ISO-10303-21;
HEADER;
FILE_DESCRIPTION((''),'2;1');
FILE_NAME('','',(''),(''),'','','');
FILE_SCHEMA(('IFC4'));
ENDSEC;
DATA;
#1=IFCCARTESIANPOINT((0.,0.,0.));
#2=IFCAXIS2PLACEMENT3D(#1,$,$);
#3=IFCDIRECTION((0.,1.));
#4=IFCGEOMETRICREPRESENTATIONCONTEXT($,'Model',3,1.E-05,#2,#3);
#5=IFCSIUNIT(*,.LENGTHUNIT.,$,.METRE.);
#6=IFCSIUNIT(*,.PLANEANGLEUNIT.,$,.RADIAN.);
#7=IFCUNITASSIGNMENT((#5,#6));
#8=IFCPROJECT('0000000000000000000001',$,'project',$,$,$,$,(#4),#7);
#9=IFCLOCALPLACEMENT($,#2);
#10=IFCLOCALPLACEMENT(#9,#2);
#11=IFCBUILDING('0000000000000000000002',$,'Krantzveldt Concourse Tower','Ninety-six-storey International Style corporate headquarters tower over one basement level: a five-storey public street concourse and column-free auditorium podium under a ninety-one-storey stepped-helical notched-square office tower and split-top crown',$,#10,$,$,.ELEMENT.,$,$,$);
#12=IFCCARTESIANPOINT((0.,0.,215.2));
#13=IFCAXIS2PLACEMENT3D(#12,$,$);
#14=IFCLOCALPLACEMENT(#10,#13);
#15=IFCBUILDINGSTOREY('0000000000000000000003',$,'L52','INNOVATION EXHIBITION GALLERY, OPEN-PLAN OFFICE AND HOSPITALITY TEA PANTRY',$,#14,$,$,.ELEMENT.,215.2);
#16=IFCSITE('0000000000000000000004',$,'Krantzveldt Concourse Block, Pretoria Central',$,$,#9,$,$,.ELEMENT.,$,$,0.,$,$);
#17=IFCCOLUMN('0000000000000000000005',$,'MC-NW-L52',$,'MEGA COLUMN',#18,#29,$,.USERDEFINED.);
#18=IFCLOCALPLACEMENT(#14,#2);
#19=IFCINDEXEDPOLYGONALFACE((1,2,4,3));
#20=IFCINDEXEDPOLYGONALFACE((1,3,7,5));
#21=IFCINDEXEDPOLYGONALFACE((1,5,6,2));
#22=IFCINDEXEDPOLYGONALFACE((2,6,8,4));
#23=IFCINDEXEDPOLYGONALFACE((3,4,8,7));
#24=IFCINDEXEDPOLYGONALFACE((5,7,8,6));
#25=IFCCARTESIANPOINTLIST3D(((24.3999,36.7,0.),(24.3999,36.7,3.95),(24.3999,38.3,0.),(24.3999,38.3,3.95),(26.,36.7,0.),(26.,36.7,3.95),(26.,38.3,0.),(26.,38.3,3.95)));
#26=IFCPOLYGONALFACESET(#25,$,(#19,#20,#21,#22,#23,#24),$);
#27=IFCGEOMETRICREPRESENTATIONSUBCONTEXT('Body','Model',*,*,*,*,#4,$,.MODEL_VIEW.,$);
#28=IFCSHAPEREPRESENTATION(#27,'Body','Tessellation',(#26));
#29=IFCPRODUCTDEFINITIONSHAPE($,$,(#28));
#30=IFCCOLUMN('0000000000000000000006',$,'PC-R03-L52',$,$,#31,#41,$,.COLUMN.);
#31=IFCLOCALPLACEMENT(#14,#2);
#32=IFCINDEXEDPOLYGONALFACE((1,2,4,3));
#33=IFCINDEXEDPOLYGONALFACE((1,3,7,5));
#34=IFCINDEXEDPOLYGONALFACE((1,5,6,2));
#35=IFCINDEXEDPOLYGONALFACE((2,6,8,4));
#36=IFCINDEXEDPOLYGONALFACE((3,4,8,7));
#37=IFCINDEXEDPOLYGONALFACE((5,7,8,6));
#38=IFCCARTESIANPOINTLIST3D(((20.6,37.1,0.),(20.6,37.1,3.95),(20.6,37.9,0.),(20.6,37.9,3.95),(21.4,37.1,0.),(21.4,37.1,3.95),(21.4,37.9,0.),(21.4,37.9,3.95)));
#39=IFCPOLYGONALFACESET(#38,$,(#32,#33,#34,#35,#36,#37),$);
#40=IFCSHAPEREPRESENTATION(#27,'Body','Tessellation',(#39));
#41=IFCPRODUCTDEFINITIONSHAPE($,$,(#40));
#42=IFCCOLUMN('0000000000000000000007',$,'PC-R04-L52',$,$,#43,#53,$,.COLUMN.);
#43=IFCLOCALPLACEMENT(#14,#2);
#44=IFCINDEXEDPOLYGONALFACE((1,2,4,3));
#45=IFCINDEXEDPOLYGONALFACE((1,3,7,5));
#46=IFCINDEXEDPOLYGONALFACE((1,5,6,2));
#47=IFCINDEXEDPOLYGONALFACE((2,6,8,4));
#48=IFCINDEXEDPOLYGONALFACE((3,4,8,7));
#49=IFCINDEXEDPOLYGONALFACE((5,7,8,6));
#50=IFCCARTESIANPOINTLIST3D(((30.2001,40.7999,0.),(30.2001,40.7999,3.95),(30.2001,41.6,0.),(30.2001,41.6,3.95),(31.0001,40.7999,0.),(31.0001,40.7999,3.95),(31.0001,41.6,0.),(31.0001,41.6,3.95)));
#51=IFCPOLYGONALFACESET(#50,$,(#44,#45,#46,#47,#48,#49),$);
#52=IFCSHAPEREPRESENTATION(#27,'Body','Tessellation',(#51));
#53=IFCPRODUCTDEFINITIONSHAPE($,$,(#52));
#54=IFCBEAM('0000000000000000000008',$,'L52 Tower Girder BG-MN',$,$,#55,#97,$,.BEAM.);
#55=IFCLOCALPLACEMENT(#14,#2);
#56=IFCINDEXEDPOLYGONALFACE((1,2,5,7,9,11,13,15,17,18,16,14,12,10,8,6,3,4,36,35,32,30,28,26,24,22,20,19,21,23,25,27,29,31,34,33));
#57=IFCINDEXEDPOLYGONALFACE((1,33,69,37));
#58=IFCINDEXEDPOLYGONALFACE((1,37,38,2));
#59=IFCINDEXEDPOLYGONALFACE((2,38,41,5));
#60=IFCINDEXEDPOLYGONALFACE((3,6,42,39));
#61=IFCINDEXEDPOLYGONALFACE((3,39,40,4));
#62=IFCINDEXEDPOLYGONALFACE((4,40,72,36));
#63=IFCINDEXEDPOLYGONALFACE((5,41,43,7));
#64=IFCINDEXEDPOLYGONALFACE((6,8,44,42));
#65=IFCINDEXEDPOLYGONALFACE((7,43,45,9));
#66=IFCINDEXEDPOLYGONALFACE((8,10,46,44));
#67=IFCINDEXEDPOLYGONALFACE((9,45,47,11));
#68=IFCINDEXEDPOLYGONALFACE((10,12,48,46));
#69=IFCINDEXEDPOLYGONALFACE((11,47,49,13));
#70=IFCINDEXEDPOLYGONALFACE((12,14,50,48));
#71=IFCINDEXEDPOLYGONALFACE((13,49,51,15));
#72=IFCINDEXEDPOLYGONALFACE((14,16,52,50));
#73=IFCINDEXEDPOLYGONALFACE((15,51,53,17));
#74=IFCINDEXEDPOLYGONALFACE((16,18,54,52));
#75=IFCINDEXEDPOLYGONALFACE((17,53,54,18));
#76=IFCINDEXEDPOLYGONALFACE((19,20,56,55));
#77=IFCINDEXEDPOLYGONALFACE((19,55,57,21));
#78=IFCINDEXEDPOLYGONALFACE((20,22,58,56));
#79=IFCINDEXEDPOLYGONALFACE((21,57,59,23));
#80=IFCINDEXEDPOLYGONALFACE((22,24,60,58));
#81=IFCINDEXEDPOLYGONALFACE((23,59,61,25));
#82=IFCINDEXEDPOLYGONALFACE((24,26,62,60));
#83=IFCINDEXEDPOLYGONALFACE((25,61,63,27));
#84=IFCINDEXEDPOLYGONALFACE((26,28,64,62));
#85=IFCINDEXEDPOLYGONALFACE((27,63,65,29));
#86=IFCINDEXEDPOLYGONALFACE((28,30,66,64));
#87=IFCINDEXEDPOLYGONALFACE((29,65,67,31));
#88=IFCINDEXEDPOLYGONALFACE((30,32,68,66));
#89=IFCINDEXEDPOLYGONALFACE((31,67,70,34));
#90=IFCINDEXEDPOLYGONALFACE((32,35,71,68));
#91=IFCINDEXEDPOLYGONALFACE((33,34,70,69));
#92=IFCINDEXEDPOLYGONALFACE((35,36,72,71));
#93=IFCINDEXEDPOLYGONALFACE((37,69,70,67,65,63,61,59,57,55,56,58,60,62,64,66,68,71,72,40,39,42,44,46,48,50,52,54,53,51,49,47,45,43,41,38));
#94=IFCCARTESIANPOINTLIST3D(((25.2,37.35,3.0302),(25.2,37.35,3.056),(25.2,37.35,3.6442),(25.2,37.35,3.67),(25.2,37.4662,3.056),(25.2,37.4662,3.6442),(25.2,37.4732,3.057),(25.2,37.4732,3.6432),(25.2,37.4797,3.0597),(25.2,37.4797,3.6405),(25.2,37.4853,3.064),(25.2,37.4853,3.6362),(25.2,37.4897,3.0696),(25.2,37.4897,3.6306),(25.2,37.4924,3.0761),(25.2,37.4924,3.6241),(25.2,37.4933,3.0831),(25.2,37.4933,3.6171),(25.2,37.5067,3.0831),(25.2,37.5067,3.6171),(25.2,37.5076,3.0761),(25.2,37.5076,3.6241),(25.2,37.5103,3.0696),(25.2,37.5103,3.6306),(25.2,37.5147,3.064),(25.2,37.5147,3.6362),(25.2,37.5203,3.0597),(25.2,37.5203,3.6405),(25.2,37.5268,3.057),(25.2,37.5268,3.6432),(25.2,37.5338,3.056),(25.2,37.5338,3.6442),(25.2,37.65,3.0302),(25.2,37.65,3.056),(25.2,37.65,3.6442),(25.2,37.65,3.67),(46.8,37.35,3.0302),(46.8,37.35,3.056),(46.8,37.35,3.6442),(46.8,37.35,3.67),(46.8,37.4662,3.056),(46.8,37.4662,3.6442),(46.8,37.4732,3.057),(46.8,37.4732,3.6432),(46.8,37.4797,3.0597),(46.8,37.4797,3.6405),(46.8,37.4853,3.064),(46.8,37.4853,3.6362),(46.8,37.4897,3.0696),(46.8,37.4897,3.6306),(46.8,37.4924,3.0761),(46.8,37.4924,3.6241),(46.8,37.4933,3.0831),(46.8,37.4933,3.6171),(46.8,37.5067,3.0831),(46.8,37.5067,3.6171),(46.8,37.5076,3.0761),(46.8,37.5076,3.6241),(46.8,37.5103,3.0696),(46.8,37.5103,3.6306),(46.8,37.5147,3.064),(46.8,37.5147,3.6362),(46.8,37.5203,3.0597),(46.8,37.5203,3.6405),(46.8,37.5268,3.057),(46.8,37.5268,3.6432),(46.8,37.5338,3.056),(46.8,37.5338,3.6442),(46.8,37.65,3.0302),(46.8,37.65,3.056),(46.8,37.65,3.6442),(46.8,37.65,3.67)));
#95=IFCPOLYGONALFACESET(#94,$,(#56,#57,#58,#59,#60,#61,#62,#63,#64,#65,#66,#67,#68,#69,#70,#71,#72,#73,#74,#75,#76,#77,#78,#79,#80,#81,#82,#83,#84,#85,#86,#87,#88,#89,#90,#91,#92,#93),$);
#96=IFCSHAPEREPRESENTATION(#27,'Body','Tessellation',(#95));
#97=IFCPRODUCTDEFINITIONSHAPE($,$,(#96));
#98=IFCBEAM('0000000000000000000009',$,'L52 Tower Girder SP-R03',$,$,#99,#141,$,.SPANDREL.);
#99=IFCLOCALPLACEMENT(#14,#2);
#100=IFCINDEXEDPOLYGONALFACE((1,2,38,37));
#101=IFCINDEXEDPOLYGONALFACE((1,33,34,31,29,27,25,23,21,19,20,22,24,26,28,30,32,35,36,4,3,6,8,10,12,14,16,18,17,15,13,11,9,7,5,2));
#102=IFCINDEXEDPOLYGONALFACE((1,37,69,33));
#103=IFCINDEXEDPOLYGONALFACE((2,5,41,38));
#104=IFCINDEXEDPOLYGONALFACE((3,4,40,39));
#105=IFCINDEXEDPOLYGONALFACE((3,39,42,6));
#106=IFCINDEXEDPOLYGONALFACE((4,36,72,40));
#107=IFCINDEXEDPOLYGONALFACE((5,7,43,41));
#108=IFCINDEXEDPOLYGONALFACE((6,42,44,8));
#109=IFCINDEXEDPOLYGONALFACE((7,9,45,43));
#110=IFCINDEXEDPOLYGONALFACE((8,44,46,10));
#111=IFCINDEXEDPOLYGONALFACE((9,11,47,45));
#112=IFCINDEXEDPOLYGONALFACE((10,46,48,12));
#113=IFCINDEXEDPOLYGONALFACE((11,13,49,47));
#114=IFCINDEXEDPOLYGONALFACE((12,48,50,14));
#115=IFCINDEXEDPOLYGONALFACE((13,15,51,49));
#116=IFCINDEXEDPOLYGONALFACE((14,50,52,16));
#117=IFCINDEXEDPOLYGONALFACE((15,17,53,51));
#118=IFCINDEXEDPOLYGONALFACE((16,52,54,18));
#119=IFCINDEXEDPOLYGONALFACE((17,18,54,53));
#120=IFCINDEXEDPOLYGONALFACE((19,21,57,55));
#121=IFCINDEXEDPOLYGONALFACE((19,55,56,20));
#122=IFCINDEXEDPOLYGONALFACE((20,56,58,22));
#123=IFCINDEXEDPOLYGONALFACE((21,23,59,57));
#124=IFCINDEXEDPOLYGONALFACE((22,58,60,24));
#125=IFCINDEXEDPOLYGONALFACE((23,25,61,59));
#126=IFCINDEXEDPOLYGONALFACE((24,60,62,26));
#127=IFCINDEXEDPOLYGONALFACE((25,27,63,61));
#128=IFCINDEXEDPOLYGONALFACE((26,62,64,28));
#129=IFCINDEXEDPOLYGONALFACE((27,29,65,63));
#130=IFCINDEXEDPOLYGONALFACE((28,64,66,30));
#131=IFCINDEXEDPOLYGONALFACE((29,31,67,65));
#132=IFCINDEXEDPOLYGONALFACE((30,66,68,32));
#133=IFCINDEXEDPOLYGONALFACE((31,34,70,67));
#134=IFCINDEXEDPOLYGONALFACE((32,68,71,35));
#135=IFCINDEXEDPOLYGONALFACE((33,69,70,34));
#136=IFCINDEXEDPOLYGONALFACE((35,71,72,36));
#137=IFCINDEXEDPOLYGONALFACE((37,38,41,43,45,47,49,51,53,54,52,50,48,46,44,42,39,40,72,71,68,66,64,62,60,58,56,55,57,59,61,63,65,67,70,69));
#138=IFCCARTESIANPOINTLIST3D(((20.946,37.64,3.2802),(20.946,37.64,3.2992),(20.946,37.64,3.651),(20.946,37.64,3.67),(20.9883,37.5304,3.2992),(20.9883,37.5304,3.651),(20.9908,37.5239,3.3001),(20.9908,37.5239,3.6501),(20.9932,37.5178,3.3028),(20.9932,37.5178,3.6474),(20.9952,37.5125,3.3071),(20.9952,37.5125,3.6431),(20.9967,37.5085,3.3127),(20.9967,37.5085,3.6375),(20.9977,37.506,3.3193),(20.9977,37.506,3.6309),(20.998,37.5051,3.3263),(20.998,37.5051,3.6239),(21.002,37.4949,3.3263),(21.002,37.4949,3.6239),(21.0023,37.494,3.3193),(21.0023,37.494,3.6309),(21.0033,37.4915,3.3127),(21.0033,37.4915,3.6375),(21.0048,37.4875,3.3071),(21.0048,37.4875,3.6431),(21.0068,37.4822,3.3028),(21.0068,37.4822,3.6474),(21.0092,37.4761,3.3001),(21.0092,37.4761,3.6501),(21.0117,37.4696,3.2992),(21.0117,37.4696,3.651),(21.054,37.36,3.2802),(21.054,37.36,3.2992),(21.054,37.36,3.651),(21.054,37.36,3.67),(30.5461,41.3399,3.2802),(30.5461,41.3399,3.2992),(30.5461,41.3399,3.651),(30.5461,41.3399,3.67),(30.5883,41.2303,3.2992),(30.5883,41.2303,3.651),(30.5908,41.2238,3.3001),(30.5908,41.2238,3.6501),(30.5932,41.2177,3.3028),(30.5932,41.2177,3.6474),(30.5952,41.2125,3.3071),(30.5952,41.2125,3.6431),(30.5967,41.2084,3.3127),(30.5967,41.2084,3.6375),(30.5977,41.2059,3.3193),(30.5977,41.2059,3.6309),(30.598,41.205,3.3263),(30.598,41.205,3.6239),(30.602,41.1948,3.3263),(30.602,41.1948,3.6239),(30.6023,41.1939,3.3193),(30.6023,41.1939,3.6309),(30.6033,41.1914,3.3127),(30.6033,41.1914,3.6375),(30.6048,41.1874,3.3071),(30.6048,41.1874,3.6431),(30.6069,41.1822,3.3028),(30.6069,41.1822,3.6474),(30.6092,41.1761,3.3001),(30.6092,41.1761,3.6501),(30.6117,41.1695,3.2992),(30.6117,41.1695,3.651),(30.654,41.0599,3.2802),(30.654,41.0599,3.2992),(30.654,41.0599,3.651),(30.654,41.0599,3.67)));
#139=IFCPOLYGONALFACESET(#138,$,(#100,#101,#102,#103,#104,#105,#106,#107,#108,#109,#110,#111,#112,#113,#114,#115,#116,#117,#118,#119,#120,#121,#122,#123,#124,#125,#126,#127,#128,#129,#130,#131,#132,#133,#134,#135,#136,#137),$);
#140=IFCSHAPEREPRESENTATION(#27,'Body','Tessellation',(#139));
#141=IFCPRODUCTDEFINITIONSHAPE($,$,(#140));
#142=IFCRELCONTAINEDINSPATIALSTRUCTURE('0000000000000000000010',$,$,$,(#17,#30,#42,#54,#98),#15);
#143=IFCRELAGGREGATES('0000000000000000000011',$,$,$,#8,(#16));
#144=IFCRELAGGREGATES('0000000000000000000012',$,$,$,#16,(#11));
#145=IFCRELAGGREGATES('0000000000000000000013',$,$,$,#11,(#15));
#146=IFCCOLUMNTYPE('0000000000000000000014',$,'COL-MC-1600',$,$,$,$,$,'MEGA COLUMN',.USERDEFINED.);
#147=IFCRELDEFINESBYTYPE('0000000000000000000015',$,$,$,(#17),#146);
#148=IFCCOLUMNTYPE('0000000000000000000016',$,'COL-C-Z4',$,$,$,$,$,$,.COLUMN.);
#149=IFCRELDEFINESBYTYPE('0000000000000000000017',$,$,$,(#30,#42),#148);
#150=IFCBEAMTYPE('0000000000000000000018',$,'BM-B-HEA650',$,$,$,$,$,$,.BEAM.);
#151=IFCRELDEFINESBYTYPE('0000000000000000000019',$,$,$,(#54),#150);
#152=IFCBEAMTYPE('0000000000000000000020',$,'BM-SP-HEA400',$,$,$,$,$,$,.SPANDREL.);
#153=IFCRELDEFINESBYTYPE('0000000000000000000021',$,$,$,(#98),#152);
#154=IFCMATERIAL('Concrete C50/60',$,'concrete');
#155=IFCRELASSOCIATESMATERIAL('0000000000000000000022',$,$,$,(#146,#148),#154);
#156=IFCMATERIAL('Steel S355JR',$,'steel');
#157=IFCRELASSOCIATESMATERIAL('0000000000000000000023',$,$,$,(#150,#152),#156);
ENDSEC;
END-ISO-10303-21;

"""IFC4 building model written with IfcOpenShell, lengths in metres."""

from ifc_helpers import new_model, si_unit, direction, frame, origin, origin_2d, place, context, subcontext, project, spatial, rectangle, i_section, extrude, source, transform, mapped, material, material_profile, profile_set, type_object, type_shapes, element, save


model = new_model("IFC4")

# Units and contexts
model_context = context("Model", 3, precision=1e-05, world=origin(), true_north=direction((0.0, 1.0)))
body_context = subcontext(model_context, "Body", "Model", "MODEL_VIEW")
ifc_project = project(units=[si_unit("LENGTHUNIT", "METRE"), si_unit("PLANEANGLEUNIT", "RADIAN")], contexts=[model_context])

# Site, building, storey
site_placement = place(None, origin())
site = spatial("IfcSite", under=ifc_project, at=site_placement, Name="Krantzveldt Concourse Block, Pretoria Central", CompositionType="ELEMENT", RefElevation=0.0)
building_placement = place(site_placement, origin())
building = spatial("IfcBuilding", under=site, at=building_placement, Name="Krantzveldt Concourse Tower", Description="Ninety-six-storey International Style corporate headquarters tower over one basement level: a five-storey public street concourse and column-free auditorium podium under a ninety-one-storey stepped-helical notched-square office tower and split-top crown", CompositionType="ELEMENT")
storey_placement = place(building_placement, frame((0.0, 0.0, 215.2)))
storey = spatial("IfcBuildingStorey", under=building, at=storey_placement, Name="L52", Description="INNOVATION EXHIBITION GALLERY, OPEN-PLAN OFFICE AND HOSPITALITY TEA PANTRY", CompositionType="ELEMENT", Elevation=215.2)

# Columns
ifc_material_1 = material(Name="Concrete C50/60", Category="concrete")
ifc_material_profile_1 = material_profile(ifc_material_1, rectangle(XDim=1.6001, YDim=1.6001, at=origin_2d()), Name="Concrete C50/60", Category="concrete")
ifc_profile_set_1 = profile_set([ifc_material_profile_1], Name="Concrete C50/60 - RC 1600x1600")
column_type_1 = type_object("IfcColumnType", Name="COL-MC-1600", ElementType="MEGA COLUMN", PredefinedType="USERDEFINED", material=ifc_profile_set_1)
shared_shape_1 = source(origin(), body_context, "Body", "SweptSolid", [
    extrude(rectangle(XDim=1.6001, YDim=1.6001, at=origin_2d()), origin(), (0.0, 0.0, 1.0), 3.95),
])
type_shapes(column_type_1, [shared_shape_1])
column_placement = place(storey_placement, frame((25.2, 37.5, 0.0), z_axis=(0.0, 0.0, 1.0), x_axis=(1.0, 0.0, 0.0)))
element("IfcColumn", 1, at=column_placement, inside=storey, type_object=column_type_1, Name="MC-NW-L52", ObjectType="MEGA COLUMN", PredefinedType="USERDEFINED", context=body_context, shape_type="MappedRepresentation", body=[
    mapped(shared_shape_1, transform((0.0, 0.0, 0.0), x_axis=(1.0, 0.0, 0.0), y_axis=(0.0, 1.0, 0.0), z_axis=(0.0, 0.0, 1.0), scale=1.0)),
])
ifc_material_profile_2 = material_profile(ifc_material_1, rectangle(XDim=0.8, YDim=0.8, at=origin_2d()), Name="Concrete C50/60", Category="concrete")
ifc_profile_set_2 = profile_set([ifc_material_profile_2], Name="Concrete C50/60 - RC 800x800")
column_type_2 = type_object("IfcColumnType", Name="COL-C-Z4", PredefinedType="COLUMN", material=ifc_profile_set_2)
shared_shape_2 = source(origin(), body_context, "Body", "SweptSolid", [
    extrude(rectangle(XDim=0.8, YDim=0.8, at=origin_2d()), origin(), (0.0, 0.0, 1.0), 3.95),
])
type_shapes(column_type_2, [shared_shape_2])
for number, where, z_axis, x_axis, name in (
    (2, (21.0, 37.5, 0.0), (0.0, 0.0, 1.0), (1.0, 0.0, 0.0), "PC-R03-L52"),
    (3, (30.6001, 41.2, 0.0), (0.0, 0.0, 1.0), (1.0, 0.0, 0.0), "PC-R04-L52"),
):
    element("IfcColumn", number, at=place(storey_placement, frame(where, z_axis=z_axis, x_axis=x_axis)), inside=storey, type_object=column_type_2, Name=name, PredefinedType="COLUMN", context=body_context, shape_type="MappedRepresentation", body=[
        mapped(shared_shape_2, transform((0.0, 0.0, 0.0), x_axis=(1.0, 0.0, 0.0), y_axis=(0.0, 1.0, 0.0), z_axis=(0.0, 0.0, 1.0), scale=1.0)),
    ])

# Beams
ifc_material_2 = material(Name="Steel S355JR", Category="steel")
ifc_material_profile_3 = material_profile(ifc_material_2, i_section(OverallWidth=0.3, OverallDepth=0.6399, WebThickness=0.0134, FlangeThickness=0.0259, FilletRadius=0.0271, at=origin_2d()), Name="Steel S355JR", Category="steel")
ifc_profile_set_3 = profile_set([ifc_material_profile_3], Name="Steel S355JR - HEA 650")
beam_type_1 = type_object("IfcBeamType", Name="BM-B-HEA650", PredefinedType="BEAM", material=ifc_profile_set_3)
shared_shape_3 = source(origin(), body_context, "Body", "SweptSolid", [
    extrude(i_section(OverallWidth=0.3, OverallDepth=0.6399, WebThickness=0.0134, FlangeThickness=0.0259, FilletRadius=0.0271, at=origin_2d()), origin(), (0.0, 0.0, 1.0), 21.6001),
])
type_shapes(beam_type_1, [shared_shape_3])
beam_1_placement = place(storey_placement, frame((25.2, 37.5, 3.3501), z_axis=(1.0, 0.0, 0.0), x_axis=(0.0, 1.0, 0.0)))
element("IfcBeam", 4, at=beam_1_placement, inside=storey, type_object=beam_type_1, Name="L52 Tower Girder BG-MN", PredefinedType="BEAM", context=body_context, shape_type="MappedRepresentation", body=[
    mapped(shared_shape_3, transform((0.0, 0.0, 0.0), x_axis=(1.0, 0.0, 0.0), y_axis=(0.0, 1.0, 0.0), z_axis=(0.0, 0.0, 1.0), scale=1.0)),
])
ifc_material_profile_4 = material_profile(ifc_material_2, i_section(OverallWidth=0.3, OverallDepth=0.3899, WebThickness=0.011, FlangeThickness=0.019, FilletRadius=0.0271, at=origin_2d()), Name="Steel S355JR", Category="steel")
ifc_profile_set_4 = profile_set([ifc_material_profile_4], Name="Steel S355JR - HEA 400")
beam_type_2 = type_object("IfcBeamType", Name="BM-SP-HEA400", PredefinedType="SPANDREL", material=ifc_profile_set_4)
shared_shape_4 = source(origin(), body_context, "Body", "SweptSolid", [
    extrude(i_section(OverallWidth=0.3, OverallDepth=0.3899, WebThickness=0.011, FlangeThickness=0.019, FilletRadius=0.0271, at=origin_2d()), origin(), (0.0, 0.0, 1.0), 10.2883),
])
beam_2_placement = place(storey_placement, frame((21.0, 37.5, 3.4751), z_axis=(0.933098, 0.359623, 0.0), x_axis=(-0.359623, 0.933098, 0.0)))
element("IfcBeam", 5, at=beam_2_placement, inside=storey, type_object=beam_type_2, Name="L52 Tower Girder SP-R03", PredefinedType="SPANDREL", context=body_context, shape_type="MappedRepresentation", body=[
    mapped(shared_shape_4, transform((0.0, 0.0, 0.0), x_axis=(1.0, 0.0, 0.0), y_axis=(0.0, 1.0, 0.0), z_axis=(0.0, 0.0, 1.0), scale=1.0)),
])

save(model, "model.ifc")
